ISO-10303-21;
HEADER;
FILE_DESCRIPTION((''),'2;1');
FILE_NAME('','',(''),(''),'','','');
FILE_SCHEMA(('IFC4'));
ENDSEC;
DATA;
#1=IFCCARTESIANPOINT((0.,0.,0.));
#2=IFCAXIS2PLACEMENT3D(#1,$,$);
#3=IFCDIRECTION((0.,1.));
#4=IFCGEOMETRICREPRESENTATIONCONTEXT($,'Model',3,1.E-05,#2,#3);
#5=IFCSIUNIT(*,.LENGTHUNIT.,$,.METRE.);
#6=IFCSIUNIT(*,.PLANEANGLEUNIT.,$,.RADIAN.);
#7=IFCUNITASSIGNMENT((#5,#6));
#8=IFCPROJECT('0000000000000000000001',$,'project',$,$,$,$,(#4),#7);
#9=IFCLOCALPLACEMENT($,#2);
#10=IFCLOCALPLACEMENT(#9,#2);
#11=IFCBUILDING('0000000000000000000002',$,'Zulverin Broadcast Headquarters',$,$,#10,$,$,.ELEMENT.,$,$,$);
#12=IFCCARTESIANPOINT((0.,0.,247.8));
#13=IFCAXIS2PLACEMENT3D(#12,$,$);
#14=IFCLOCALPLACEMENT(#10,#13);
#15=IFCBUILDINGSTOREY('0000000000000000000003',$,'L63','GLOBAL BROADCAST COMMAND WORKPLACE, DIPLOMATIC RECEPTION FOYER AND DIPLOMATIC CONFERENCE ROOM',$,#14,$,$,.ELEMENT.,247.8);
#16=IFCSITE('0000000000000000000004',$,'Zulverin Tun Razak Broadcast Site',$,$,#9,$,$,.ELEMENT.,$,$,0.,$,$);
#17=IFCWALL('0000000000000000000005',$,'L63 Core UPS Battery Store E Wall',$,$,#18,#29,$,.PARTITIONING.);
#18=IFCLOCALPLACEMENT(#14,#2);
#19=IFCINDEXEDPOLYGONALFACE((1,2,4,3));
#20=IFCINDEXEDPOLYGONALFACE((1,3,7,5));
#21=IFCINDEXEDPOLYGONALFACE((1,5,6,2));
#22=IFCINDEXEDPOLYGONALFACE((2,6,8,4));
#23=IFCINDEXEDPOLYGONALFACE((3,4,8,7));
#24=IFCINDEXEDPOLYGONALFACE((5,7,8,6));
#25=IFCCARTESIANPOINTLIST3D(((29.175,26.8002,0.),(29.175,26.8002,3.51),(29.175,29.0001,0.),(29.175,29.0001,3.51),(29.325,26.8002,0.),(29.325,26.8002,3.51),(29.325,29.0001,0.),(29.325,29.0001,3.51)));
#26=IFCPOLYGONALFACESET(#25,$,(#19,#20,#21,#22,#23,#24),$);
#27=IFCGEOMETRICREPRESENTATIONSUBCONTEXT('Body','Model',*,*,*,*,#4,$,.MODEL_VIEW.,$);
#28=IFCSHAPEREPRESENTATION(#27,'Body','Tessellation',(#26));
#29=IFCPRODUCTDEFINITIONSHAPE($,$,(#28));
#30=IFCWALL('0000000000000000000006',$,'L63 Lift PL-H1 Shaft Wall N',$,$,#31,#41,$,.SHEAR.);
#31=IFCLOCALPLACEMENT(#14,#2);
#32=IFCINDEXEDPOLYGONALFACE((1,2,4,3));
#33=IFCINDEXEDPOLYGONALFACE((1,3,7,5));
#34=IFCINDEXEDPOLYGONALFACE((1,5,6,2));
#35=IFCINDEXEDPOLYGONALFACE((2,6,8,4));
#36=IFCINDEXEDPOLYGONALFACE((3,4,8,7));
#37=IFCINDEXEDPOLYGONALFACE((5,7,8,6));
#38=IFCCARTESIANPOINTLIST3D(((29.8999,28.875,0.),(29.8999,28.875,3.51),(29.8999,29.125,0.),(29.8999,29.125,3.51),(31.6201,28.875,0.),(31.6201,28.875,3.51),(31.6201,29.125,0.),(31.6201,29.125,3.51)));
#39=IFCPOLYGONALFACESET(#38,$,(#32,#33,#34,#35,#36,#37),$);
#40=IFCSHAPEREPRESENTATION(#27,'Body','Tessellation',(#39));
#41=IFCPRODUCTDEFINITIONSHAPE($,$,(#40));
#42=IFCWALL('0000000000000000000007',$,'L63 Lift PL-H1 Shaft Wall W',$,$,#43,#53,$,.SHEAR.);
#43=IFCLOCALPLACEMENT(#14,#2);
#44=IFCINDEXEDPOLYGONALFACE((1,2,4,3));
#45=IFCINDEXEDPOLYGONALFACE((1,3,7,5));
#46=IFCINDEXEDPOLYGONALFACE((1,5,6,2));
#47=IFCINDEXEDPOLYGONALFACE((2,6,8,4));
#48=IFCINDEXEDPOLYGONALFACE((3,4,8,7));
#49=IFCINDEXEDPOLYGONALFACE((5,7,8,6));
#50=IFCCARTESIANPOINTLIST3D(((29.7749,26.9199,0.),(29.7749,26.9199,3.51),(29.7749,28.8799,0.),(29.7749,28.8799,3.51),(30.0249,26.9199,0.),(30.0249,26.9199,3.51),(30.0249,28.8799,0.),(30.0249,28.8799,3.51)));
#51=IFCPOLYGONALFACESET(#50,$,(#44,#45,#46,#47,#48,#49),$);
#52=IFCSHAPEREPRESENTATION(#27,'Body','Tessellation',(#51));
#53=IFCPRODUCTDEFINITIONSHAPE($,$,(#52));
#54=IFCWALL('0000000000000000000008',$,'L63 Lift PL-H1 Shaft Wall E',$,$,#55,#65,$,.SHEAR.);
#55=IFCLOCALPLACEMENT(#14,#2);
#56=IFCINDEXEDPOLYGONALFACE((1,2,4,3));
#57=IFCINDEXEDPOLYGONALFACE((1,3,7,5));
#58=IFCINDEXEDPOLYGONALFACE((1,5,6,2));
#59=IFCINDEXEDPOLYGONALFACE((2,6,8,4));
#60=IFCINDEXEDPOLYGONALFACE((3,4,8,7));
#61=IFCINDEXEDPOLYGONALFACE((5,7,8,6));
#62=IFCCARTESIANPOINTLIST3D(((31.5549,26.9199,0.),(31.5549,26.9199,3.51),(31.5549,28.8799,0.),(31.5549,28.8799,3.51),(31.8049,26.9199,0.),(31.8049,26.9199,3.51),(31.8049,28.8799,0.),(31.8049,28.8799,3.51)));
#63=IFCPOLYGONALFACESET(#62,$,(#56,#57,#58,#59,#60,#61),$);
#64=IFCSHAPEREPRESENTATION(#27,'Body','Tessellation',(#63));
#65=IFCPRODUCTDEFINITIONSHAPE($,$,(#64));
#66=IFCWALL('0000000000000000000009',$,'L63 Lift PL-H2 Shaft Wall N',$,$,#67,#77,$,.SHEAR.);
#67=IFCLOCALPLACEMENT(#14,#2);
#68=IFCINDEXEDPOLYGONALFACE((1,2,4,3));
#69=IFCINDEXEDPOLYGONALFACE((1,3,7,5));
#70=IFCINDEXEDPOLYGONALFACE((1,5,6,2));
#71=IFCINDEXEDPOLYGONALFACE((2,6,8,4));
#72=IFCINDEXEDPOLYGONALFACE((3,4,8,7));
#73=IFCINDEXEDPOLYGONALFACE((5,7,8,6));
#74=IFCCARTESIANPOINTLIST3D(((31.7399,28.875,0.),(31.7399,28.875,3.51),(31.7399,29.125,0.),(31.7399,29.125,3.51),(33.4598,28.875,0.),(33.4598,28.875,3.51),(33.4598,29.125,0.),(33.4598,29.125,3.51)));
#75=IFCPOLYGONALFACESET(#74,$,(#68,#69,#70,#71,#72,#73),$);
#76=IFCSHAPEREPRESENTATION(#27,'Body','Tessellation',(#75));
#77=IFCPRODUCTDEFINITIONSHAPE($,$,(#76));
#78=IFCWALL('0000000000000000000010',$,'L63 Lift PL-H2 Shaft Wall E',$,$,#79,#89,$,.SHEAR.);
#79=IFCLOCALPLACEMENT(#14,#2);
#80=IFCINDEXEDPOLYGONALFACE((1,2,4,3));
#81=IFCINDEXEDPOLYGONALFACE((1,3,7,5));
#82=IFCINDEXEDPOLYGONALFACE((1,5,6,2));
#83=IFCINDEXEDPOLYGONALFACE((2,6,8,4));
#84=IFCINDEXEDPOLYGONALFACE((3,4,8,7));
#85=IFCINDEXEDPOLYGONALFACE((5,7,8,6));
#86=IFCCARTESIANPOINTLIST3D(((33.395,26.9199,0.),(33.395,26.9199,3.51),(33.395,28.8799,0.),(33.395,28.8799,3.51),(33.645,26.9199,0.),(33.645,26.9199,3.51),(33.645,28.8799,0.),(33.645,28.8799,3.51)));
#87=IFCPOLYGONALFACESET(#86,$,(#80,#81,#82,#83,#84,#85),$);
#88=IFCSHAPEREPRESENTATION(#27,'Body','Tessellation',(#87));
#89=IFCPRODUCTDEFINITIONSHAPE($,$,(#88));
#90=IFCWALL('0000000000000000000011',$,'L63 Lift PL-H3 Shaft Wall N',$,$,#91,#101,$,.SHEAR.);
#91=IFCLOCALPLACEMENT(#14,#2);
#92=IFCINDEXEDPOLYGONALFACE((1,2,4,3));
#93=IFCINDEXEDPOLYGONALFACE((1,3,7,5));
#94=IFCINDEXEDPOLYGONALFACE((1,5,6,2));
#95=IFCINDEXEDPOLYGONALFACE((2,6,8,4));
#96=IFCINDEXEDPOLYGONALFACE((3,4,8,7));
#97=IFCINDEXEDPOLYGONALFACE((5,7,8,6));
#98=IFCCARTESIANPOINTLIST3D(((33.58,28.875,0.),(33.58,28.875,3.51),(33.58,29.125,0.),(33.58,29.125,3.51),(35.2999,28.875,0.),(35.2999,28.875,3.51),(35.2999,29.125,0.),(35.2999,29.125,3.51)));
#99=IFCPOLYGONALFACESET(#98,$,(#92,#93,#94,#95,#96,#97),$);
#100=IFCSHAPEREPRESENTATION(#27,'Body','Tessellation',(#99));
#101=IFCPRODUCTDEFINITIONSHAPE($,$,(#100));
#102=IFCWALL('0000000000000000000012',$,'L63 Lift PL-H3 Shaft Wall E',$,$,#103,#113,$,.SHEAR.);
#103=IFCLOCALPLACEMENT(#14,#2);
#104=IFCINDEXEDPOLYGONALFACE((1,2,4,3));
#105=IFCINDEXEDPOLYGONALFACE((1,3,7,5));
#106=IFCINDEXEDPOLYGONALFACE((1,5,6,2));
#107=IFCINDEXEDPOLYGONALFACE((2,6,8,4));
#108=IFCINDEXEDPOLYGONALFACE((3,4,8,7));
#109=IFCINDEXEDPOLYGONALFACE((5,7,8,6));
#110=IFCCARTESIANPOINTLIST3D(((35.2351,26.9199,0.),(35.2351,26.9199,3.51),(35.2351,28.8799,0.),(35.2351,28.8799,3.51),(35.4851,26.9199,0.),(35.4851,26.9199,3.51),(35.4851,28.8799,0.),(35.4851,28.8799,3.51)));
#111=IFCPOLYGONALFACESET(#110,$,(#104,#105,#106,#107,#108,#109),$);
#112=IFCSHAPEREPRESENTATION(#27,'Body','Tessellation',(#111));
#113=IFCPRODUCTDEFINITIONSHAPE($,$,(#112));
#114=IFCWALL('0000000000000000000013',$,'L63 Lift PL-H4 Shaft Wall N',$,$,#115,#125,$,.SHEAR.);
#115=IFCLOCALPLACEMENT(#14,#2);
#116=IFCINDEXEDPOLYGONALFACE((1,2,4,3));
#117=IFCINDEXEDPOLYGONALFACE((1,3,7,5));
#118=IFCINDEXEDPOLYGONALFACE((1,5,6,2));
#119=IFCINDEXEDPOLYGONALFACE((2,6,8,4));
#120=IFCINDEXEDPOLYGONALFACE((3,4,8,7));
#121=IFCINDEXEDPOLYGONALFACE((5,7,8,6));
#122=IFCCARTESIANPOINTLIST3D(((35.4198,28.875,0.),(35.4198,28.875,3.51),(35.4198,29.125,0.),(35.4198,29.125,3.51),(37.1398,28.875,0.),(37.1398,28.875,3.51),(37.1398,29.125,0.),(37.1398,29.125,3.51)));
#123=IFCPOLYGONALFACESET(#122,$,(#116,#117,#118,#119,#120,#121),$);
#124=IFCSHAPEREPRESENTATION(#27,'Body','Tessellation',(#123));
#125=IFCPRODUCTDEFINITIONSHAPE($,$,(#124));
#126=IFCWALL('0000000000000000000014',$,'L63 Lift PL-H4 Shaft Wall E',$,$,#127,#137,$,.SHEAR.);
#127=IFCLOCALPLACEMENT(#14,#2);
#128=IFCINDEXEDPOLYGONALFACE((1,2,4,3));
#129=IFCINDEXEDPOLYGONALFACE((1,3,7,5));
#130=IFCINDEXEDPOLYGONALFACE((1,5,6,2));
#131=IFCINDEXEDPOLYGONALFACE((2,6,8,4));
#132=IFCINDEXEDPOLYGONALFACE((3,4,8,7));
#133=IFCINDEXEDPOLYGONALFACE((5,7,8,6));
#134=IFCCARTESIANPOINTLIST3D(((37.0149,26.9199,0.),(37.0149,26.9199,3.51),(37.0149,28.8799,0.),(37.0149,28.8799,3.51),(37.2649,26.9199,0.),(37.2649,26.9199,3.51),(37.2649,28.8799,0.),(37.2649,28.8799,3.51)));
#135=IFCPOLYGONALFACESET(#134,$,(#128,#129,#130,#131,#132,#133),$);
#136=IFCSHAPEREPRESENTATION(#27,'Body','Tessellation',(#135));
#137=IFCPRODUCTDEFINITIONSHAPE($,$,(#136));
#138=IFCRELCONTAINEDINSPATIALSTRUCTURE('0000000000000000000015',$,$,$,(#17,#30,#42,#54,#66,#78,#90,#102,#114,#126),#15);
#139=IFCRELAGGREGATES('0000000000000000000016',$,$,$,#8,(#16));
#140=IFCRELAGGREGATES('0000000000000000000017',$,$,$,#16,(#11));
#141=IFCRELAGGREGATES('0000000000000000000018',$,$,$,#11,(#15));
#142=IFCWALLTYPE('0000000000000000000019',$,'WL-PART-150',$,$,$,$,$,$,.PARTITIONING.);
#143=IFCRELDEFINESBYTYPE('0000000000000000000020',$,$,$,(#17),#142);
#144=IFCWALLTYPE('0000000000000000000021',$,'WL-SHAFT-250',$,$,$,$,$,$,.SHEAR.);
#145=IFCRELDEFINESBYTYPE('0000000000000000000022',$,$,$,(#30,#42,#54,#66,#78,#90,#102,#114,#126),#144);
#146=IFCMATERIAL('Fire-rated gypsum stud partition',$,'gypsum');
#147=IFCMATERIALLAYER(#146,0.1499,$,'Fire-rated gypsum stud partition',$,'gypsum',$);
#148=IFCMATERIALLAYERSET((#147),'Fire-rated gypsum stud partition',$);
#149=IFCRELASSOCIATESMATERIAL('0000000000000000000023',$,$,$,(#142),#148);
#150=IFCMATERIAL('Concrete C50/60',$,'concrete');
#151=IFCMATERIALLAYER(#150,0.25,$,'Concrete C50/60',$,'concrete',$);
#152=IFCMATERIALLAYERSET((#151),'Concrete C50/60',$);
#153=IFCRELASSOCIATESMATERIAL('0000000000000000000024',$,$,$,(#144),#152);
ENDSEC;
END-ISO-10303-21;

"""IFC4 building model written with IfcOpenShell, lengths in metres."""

from ifc_helpers import new_model, si_unit, direction, frame, frame_2d, origin, place, context, subcontext, project, spatial, rectangle, extrude, material, layer, layer_set, type_object, element, save


model = new_model("IFC4")

# Units and contexts
model_context = context("Model", 3, precision=1e-05, world=origin(), true_north=direction((0.0, 1.0)))
body_context = subcontext(model_context, "Body", "Model", "MODEL_VIEW")
ifc_project = project(units=[si_unit("LENGTHUNIT", "METRE"), si_unit("PLANEANGLEUNIT", "RADIAN")], contexts=[model_context])

# Site, building, storey
site_placement = place(None, origin())
site = spatial("IfcSite", under=ifc_project, at=site_placement, Name="Zulverin Tun Razak Broadcast Site", CompositionType="ELEMENT", RefElevation=0.0)
building_placement = place(site_placement, origin())
building = spatial("IfcBuilding", under=site, at=building_placement, Name="Zulverin Broadcast Headquarters", CompositionType="ELEMENT")
storey_placement = place(building_placement, frame((0.0, 0.0, 247.8)))
storey = spatial("IfcBuildingStorey", under=building, at=storey_placement, Name="L63", Description="GLOBAL BROADCAST COMMAND WORKPLACE, DIPLOMATIC RECEPTION FOYER AND DIPLOMATIC CONFERENCE ROOM", CompositionType="ELEMENT", Elevation=247.8)

# Wall
ifc_material_1 = material(Name="Fire-rated gypsum stud partition", Category="gypsum")
ifc_layer_1 = layer(ifc_material_1, 0.1499, Name="Fire-rated gypsum stud partition", Category="gypsum")
ifc_layer_set_1 = layer_set([ifc_layer_1], Name="Fire-rated gypsum stud partition")
wall_type_1 = type_object("IfcWallType", Name="WL-PART-150", PredefinedType="PARTITIONING", material=ifc_layer_set_1)
wall_1_placement = place(storey_placement, frame((29.25, 26.8, 0.0), z_axis=(0.0, 0.0, 1.0), x_axis=(0.0, 1.0, 0.0)))
element("IfcWall", 1, at=wall_1_placement, inside=storey, type_object=wall_type_1, Name="L63 Core UPS Battery Store E Wall", PredefinedType="PARTITIONING", context=body_context, shape_type="SweptSolid", body=[
    extrude(rectangle(XDim=2.2, YDim=0.1499, at=frame_2d((1.1001, 0.0))), origin(), (0.0, 0.0, 1.0), 3.51),
])

# Shared definitions
ifc_material_2 = material(Name="Concrete C50/60", Category="concrete")
ifc_layer_2 = layer(ifc_material_2, 0.25, Name="Concrete C50/60", Category="concrete")
ifc_layer_set_2 = layer_set([ifc_layer_2], Name="Concrete C50/60")
wall_type_2 = type_object("IfcWallType", Name="WL-SHAFT-250", PredefinedType="SHEAR", material=ifc_layer_set_2)

# Walls
wall_2_placement = place(storey_placement, frame((29.8999, 29.0, 0.0), z_axis=(0.0, 0.0, 1.0), x_axis=(1.0, 0.0, 0.0)))
element("IfcWall", 2, at=wall_2_placement, inside=storey, type_object=wall_type_2, Name="L63 Lift PL-H1 Shaft Wall N", PredefinedType="SHEAR", context=body_context, shape_type="SweptSolid", body=[
    extrude(rectangle(XDim=1.7202, YDim=0.25, at=frame_2d((0.8601, 0.0))), origin(), (0.0, 0.0, 1.0), 3.51),
])
for number, where, z_axis, x_axis, name in (
    (3, (29.8999, 26.9199, 0.0), (0.0, 0.0, 1.0), (0.0, 1.0, 0.0), "L63 Lift PL-H1 Shaft Wall W"),
    (4, (31.6799, 26.9199, 0.0), (0.0, 0.0, 1.0), (0.0, 1.0, 0.0), "L63 Lift PL-H1 Shaft Wall E"),
):
    element("IfcWall", number, at=place(storey_placement, frame(where, z_axis=z_axis, x_axis=x_axis)), inside=storey, type_object=wall_type_2, Name=name, PredefinedType="SHEAR", context=body_context, shape_type="SweptSolid", body=[
        extrude(rectangle(XDim=1.96, YDim=0.25, at=frame_2d((0.98, 0.0))), origin(), (0.0, 0.0, 1.0), 3.51),
    ])

# Walls
wall_3_placement = place(storey_placement, frame((31.74, 29.0, 0.0), z_axis=(0.0, 0.0, 1.0), x_axis=(1.0, 0.0, 0.0)))
element("IfcWall", 5, at=wall_3_placement, inside=storey, type_object=wall_type_2, Name="L63 Lift PL-H2 Shaft Wall N", PredefinedType="SHEAR", context=body_context, shape_type="SweptSolid", body=[
    extrude(rectangle(XDim=1.72, YDim=0.25, at=frame_2d((0.8599, 0.0))), origin(), (0.0, 0.0, 1.0), 3.51),
])
wall_4_placement = place(storey_placement, frame((33.52, 26.9199, 0.0), z_axis=(0.0, 0.0, 1.0), x_axis=(0.0, 1.0, 0.0)))
element("IfcWall", 6, at=wall_4_placement, inside=storey, type_object=wall_type_2, Name="L63 Lift PL-H2 Shaft Wall E", PredefinedType="SHEAR", context=body_context, shape_type="SweptSolid", body=[
    extrude(rectangle(XDim=1.96, YDim=0.25, at=frame_2d((0.98, 0.0))), origin(), (0.0, 0.0, 1.0), 3.51),
])

# Walls
wall_5_placement = place(storey_placement, frame((33.5801, 29.0, 0.0), z_axis=(0.0, 0.0, 1.0), x_axis=(1.0, 0.0, 0.0)))
element("IfcWall", 7, at=wall_5_placement, inside=storey, type_object=wall_type_2, Name="L63 Lift PL-H3 Shaft Wall N", PredefinedType="SHEAR", context=body_context, shape_type="SweptSolid", body=[
    extrude(rectangle(XDim=1.72, YDim=0.25, at=frame_2d((0.8599, 0.0))), origin(), (0.0, 0.0, 1.0), 3.51),
])
wall_6_placement = place(storey_placement, frame((35.3601, 26.9199, 0.0), z_axis=(0.0, 0.0, 1.0), x_axis=(0.0, 1.0, 0.0)))
element("IfcWall", 8, at=wall_6_placement, inside=storey, type_object=wall_type_2, Name="L63 Lift PL-H3 Shaft Wall E", PredefinedType="SHEAR", context=body_context, shape_type="SweptSolid", body=[
    extrude(rectangle(XDim=1.96, YDim=0.25, at=frame_2d((0.98, 0.0))), origin(), (0.0, 0.0, 1.0), 3.51),
])

# Walls
wall_7_placement = place(storey_placement, frame((35.4199, 29.0, 0.0), z_axis=(0.0, 0.0, 1.0), x_axis=(1.0, 0.0, 0.0)))
element("IfcWall", 9, at=wall_7_placement, inside=storey, type_object=wall_type_2, Name="L63 Lift PL-H4 Shaft Wall N", PredefinedType="SHEAR", context=body_context, shape_type="SweptSolid", body=[
    extrude(rectangle(XDim=1.72, YDim=0.25, at=frame_2d((0.8599, 0.0))), origin(), (0.0, 0.0, 1.0), 3.51),
])
wall_8_placement = place(storey_placement, frame((37.1399, 26.9199, 0.0), z_axis=(0.0, 0.0, 1.0), x_axis=(0.0, 1.0, 0.0)))
element("IfcWall", 10, at=wall_8_placement, inside=storey, type_object=wall_type_2, Name="L63 Lift PL-H4 Shaft Wall E", PredefinedType="SHEAR", context=body_context, shape_type="SweptSolid", body=[
    extrude(rectangle(XDim=1.96, YDim=0.25, at=frame_2d((0.98, 0.0))), origin(), (0.0, 0.0, 1.0), 3.51),
])

save(model, "model.ifc")
